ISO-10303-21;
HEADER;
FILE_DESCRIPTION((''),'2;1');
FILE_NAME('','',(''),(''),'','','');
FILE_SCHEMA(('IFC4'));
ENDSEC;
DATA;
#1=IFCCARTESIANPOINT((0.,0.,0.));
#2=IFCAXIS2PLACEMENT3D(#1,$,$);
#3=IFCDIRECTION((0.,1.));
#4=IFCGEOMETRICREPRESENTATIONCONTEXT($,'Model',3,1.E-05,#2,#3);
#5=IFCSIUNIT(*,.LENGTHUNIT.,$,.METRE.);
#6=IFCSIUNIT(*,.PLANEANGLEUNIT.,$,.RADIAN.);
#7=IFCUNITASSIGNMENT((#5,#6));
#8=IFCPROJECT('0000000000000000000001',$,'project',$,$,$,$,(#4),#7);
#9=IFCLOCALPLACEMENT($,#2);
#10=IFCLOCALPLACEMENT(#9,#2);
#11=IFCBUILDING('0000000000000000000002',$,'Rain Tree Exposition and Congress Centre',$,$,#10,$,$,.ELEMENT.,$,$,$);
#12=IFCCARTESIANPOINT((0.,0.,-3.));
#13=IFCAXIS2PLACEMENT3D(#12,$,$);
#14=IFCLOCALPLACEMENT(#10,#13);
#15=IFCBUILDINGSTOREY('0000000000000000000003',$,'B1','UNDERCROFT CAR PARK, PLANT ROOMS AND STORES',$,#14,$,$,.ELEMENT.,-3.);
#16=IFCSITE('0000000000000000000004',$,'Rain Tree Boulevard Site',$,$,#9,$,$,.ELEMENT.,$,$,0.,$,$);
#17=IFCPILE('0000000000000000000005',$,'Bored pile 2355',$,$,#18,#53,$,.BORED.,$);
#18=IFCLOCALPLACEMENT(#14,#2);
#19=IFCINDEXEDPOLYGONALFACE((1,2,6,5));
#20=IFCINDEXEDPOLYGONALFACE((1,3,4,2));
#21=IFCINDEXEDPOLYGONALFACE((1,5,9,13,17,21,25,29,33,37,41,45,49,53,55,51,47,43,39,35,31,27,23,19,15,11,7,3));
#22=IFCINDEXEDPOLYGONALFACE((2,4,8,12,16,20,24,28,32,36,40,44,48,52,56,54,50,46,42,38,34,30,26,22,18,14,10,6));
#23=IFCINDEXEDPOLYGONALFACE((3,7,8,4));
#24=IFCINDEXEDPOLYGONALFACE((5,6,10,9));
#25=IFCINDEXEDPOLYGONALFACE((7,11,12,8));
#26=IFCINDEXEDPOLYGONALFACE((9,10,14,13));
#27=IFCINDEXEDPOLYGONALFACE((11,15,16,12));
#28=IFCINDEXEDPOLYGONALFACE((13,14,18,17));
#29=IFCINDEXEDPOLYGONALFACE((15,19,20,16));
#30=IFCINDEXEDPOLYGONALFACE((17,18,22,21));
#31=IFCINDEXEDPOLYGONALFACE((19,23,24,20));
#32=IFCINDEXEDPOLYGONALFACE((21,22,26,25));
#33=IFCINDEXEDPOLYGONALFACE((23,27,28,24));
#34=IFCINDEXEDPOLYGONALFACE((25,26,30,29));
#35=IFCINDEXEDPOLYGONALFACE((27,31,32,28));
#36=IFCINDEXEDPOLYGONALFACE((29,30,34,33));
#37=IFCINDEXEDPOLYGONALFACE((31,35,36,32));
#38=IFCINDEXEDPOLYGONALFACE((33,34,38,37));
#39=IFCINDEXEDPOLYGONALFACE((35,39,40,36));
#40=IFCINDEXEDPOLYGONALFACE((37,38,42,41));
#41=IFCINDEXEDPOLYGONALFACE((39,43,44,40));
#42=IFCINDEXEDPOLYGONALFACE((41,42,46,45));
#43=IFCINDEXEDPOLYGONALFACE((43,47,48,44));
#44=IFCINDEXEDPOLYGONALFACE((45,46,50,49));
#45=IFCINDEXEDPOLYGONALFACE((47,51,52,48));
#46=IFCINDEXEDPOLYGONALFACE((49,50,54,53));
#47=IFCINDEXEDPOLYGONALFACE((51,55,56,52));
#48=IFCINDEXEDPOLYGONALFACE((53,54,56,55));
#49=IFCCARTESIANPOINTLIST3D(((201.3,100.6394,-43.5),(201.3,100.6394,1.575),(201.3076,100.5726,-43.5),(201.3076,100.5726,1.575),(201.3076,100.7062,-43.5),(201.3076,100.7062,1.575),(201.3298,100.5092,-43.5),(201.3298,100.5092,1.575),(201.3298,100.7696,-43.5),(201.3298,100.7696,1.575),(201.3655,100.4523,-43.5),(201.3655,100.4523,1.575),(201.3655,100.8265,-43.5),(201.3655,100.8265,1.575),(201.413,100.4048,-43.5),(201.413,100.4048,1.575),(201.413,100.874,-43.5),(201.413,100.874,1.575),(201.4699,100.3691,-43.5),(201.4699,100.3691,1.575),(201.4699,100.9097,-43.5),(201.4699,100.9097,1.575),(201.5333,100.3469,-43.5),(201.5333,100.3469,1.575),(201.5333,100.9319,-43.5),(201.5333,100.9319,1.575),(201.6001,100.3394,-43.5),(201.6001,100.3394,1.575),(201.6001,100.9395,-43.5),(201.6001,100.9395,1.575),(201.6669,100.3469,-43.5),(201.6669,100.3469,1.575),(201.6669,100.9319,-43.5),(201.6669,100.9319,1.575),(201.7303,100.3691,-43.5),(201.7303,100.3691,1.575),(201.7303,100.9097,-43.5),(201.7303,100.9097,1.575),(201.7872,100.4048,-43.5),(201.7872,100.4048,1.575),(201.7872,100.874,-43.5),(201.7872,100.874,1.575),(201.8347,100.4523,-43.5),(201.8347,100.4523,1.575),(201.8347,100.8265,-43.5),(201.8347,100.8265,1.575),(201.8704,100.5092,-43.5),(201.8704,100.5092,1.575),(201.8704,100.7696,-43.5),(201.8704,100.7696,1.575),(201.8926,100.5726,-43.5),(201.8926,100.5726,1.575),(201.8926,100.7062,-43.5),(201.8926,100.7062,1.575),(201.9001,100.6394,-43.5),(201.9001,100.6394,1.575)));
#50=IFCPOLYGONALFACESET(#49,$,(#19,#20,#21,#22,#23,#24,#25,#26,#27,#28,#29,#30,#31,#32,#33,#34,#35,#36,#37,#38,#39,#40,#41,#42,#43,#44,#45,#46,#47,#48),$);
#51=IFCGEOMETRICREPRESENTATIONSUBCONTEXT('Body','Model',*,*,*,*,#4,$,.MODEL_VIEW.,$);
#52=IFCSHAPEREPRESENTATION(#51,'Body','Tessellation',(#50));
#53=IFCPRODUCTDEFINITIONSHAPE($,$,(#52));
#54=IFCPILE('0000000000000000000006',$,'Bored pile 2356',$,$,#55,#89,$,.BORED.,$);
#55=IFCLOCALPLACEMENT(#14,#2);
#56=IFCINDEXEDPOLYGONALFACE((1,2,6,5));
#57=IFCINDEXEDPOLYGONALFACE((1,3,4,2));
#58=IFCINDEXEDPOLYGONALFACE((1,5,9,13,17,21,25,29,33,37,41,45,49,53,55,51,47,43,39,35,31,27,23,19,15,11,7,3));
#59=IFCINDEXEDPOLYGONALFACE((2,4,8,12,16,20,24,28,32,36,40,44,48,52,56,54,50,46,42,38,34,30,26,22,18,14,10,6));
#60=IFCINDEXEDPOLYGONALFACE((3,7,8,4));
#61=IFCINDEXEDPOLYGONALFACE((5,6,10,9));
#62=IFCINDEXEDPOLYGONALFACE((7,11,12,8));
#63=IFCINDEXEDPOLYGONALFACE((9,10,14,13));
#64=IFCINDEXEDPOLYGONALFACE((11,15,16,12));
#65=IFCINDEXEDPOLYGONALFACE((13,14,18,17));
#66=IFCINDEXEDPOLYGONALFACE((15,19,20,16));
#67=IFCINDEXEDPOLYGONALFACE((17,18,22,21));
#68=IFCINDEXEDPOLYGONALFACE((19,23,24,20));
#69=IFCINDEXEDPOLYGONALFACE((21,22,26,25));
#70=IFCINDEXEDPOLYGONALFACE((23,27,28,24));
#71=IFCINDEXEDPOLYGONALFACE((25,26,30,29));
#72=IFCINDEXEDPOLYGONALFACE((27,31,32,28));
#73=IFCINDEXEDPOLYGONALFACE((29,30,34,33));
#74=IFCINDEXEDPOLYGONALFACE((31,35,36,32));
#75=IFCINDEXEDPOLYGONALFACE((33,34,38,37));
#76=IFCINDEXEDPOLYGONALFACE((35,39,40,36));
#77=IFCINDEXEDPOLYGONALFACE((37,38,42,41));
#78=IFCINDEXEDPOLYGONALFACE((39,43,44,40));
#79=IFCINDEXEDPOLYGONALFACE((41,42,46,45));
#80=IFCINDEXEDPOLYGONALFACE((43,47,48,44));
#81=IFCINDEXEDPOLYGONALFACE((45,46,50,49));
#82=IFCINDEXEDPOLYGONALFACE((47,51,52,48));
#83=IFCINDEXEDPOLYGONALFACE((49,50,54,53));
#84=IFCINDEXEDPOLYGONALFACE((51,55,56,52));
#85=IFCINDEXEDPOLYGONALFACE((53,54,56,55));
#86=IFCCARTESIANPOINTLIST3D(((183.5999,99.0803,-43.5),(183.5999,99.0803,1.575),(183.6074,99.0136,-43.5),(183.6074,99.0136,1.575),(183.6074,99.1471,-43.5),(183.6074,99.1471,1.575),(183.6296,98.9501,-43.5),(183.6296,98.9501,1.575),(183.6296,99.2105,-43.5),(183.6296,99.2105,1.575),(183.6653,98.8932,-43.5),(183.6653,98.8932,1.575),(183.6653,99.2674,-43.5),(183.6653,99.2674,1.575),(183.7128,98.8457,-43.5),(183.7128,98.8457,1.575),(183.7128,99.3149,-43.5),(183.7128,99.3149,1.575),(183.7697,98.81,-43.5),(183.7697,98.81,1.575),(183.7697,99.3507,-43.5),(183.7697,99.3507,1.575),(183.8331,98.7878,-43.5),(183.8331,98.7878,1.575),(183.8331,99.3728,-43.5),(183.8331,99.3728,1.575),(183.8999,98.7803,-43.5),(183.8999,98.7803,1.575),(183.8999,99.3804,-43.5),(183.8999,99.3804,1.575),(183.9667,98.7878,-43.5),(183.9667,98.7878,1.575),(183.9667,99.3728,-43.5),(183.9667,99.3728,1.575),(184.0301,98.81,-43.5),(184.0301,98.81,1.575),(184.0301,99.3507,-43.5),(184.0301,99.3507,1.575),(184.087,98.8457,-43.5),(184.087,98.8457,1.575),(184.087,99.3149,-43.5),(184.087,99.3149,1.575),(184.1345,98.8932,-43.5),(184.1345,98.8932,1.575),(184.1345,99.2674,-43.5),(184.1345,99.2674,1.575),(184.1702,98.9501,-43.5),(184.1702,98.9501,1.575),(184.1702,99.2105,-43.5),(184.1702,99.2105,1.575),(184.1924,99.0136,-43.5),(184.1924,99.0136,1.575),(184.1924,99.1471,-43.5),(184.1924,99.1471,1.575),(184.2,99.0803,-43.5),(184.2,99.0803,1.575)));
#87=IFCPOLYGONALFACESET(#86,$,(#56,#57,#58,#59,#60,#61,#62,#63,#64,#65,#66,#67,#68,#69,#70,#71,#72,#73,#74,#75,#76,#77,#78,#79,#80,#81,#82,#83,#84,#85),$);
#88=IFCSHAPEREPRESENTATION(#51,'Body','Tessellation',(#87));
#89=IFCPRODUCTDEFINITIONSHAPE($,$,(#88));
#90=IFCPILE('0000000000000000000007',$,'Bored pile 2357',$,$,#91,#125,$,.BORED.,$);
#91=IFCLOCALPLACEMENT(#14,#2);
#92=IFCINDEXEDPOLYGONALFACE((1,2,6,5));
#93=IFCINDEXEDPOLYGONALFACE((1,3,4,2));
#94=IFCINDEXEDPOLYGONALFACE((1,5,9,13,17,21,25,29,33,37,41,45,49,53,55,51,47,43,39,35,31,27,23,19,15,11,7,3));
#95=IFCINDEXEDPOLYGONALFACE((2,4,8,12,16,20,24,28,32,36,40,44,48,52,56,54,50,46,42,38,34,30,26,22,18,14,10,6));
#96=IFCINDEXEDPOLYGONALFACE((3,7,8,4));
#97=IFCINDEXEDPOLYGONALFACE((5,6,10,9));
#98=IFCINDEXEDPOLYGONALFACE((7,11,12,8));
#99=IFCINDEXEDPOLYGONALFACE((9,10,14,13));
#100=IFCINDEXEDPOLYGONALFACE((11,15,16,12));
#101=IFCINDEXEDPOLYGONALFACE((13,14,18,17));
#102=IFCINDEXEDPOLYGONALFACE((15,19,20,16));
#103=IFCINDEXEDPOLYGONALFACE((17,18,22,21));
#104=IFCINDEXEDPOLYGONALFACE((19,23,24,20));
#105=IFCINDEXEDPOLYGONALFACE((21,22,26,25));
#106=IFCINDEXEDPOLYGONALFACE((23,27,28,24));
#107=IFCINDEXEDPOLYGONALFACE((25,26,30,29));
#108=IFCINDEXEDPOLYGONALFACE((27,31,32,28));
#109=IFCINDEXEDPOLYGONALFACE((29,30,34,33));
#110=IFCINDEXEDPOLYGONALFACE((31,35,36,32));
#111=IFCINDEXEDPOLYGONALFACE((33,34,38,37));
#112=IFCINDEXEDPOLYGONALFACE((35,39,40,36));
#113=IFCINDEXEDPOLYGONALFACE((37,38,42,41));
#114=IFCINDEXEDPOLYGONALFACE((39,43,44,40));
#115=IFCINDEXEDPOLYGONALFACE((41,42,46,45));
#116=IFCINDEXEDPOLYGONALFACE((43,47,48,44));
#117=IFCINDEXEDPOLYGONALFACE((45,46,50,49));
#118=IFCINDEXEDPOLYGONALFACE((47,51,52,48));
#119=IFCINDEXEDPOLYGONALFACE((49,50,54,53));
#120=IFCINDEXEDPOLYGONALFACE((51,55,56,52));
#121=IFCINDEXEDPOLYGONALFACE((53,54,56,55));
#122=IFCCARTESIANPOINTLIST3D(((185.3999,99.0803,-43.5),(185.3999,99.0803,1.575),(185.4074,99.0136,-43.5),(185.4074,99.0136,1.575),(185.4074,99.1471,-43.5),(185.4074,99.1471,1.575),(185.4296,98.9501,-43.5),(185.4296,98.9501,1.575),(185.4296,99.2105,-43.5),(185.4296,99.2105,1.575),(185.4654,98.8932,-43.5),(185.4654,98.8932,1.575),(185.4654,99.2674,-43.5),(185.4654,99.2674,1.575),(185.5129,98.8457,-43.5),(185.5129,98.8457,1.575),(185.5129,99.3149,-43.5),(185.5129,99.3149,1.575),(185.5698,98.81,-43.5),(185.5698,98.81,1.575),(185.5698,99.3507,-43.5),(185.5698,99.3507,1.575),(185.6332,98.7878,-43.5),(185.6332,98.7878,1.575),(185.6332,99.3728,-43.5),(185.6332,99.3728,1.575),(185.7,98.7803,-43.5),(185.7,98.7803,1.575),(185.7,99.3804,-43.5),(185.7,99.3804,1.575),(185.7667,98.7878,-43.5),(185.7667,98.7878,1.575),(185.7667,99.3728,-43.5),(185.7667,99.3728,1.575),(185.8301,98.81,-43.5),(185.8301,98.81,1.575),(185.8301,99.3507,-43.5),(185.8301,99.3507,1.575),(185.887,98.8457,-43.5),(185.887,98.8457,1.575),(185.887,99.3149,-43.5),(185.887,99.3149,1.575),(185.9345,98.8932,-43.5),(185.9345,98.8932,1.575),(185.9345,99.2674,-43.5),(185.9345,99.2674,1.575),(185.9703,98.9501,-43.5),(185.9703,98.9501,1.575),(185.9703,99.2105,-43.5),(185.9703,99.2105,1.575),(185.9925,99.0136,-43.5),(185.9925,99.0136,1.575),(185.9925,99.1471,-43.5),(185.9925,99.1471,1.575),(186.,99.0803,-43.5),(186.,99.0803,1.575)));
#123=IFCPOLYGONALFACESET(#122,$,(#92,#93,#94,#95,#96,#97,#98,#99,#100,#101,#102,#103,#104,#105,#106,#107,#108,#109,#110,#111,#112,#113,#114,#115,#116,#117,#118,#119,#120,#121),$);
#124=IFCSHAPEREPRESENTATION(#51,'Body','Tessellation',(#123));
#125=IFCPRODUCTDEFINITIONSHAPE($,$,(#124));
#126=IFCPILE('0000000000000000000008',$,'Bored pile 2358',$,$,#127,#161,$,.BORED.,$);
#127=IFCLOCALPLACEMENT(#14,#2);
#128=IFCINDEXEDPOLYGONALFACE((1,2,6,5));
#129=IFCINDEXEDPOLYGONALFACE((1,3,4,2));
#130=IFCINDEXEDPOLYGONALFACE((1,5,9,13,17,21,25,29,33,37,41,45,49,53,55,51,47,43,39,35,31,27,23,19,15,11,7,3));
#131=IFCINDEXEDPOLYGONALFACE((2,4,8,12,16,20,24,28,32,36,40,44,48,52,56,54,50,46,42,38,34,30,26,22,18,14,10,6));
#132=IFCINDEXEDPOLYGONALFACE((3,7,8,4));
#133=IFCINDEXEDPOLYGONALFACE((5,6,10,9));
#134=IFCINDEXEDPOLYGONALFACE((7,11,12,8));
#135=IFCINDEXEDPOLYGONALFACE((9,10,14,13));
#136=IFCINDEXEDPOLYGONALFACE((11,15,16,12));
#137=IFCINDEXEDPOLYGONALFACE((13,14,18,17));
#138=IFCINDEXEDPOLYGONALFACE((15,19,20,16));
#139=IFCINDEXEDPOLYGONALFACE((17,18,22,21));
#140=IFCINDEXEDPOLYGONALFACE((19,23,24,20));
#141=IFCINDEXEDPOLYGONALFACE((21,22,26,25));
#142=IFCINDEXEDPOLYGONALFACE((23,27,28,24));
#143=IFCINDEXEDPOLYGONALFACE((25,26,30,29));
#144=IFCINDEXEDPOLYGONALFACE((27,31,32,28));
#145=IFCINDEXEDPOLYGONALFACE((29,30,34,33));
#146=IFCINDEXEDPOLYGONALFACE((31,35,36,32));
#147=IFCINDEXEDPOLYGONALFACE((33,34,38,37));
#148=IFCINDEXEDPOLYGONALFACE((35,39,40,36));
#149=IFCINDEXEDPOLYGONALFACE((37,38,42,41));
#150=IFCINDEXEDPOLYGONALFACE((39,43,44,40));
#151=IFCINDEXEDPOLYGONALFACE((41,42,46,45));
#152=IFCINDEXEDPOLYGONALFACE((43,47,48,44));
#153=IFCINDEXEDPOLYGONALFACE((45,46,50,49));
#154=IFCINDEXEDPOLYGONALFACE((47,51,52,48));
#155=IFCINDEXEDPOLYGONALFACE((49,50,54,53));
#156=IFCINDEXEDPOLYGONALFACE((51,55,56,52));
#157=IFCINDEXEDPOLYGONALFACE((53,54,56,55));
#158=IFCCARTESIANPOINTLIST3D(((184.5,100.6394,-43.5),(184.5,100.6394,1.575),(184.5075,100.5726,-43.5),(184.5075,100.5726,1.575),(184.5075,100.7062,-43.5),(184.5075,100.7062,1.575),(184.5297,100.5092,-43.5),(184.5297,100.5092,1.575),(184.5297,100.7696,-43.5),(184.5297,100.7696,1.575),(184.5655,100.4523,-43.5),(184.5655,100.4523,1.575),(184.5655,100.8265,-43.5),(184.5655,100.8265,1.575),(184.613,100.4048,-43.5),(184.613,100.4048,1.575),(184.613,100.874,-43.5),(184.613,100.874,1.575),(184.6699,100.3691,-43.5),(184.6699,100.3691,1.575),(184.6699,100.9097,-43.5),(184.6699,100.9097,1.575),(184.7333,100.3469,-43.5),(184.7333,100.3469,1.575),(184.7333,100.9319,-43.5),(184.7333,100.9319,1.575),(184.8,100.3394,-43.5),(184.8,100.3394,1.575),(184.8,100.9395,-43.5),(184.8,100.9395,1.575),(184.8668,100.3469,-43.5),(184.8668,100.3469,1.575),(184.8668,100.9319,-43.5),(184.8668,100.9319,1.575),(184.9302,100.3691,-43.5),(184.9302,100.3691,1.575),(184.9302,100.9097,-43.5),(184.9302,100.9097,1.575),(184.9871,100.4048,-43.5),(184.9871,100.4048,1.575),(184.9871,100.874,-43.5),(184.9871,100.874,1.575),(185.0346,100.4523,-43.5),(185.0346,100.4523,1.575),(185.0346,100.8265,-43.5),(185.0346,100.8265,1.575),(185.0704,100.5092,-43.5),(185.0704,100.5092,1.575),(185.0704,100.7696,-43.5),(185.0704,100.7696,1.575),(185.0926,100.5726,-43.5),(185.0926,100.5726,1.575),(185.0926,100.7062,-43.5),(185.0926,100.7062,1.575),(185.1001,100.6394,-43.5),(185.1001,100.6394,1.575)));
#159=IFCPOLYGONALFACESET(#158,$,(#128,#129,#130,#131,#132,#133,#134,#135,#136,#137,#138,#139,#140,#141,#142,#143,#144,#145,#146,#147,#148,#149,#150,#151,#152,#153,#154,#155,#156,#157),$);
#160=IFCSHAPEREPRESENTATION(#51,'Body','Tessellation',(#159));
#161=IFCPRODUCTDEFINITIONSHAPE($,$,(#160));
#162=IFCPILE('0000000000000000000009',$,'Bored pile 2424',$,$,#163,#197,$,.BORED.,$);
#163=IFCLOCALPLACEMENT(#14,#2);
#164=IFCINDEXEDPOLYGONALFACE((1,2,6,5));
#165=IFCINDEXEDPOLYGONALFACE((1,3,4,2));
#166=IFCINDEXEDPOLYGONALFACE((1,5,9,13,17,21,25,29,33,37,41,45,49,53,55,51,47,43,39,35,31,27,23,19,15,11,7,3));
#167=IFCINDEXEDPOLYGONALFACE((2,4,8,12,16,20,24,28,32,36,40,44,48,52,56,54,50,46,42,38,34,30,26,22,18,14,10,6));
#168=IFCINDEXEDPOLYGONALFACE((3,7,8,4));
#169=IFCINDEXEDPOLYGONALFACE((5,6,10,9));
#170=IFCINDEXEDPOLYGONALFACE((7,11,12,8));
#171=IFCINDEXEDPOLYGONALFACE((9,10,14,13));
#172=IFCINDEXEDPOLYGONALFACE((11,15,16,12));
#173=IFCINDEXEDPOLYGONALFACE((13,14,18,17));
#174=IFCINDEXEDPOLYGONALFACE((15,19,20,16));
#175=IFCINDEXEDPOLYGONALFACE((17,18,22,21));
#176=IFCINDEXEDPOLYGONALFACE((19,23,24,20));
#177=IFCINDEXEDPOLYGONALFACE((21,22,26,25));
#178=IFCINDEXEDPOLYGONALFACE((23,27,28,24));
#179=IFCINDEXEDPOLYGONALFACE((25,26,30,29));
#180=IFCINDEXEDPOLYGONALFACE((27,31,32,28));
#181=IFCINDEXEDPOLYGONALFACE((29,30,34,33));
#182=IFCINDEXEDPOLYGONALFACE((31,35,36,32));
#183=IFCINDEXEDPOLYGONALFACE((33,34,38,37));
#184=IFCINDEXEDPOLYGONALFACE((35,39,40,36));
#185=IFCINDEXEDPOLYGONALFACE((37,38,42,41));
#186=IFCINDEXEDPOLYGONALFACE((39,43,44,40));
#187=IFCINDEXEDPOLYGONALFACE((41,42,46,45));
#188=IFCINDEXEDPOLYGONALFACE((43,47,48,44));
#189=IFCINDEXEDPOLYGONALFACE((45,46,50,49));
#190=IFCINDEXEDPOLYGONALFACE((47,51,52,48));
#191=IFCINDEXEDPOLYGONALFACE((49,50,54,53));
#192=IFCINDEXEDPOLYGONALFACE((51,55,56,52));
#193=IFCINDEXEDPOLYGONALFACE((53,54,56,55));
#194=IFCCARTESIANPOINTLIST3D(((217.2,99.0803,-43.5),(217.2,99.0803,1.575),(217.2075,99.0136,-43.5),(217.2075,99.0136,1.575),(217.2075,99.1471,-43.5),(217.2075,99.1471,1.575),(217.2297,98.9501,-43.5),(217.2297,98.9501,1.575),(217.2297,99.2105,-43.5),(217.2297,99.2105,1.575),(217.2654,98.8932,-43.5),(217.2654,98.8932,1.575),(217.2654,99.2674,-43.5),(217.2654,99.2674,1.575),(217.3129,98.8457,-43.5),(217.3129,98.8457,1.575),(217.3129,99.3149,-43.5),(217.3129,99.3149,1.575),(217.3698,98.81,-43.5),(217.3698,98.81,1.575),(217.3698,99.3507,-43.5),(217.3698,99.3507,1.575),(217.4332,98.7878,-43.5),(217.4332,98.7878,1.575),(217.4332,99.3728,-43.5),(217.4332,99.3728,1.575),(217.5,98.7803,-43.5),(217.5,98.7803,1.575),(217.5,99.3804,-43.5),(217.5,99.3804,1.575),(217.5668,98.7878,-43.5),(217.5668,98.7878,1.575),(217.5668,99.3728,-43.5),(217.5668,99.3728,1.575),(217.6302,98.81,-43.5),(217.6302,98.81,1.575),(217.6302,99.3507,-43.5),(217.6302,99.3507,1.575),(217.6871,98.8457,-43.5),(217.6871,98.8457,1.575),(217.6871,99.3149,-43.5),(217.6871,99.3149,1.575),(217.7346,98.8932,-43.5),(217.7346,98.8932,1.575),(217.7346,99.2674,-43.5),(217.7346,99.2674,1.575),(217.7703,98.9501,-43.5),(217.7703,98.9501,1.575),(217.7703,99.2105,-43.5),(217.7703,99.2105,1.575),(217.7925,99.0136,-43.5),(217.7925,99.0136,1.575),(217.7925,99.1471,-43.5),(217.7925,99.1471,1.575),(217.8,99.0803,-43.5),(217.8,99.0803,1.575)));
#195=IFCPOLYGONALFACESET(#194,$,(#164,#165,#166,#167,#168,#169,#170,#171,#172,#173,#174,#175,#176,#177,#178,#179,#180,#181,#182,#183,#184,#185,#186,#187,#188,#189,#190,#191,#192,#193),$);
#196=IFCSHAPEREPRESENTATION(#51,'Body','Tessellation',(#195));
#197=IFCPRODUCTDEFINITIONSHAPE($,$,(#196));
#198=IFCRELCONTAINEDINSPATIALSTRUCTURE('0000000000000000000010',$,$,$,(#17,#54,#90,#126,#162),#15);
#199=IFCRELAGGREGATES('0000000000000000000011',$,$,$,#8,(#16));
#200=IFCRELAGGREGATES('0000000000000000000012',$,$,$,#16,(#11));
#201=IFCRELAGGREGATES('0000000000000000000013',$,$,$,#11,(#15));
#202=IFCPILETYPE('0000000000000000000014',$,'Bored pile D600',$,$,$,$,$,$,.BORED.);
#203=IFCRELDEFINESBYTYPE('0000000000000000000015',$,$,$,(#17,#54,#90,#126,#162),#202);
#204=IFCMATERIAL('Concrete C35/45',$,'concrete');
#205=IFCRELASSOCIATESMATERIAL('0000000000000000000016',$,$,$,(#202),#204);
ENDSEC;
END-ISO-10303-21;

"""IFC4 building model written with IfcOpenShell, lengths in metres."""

from ifc_helpers import new_model, si_unit, direction, frame, origin, origin_2d, place, context, subcontext, project, spatial, circle, extrude, material, material_profile, profile_set, type_object, element, save


model = new_model("IFC4")

# Units and contexts
model_context = context("Model", 3, precision=1e-05, world=origin(), true_north=direction((0.0, 1.0)))
body_context = subcontext(model_context, "Body", "Model", "MODEL_VIEW")
ifc_project = project(units=[si_unit("LENGTHUNIT", "METRE"), si_unit("PLANEANGLEUNIT", "RADIAN")], contexts=[model_context])

# Site, building, storey
site_placement = place(None, origin())
site = spatial("IfcSite", under=ifc_project, at=site_placement, Name="Rain Tree Boulevard Site", CompositionType="ELEMENT", RefElevation=0.0)
building_placement = place(site_placement, origin())
building = spatial("IfcBuilding", under=site, at=building_placement, Name="Rain Tree Exposition and Congress Centre", CompositionType="ELEMENT")
storey_placement = place(building_placement, frame((0.0, 0.0, -3.0)))
storey = spatial("IfcBuildingStorey", under=building, at=storey_placement, Name="B1", Description="UNDERCROFT CAR PARK, PLANT ROOMS AND STORES", CompositionType="ELEMENT", Elevation=-3.0)

# Piles
ifc_material_1 = material(Name="Concrete C35/45", Category="concrete")
ifc_material_profile_1 = material_profile(ifc_material_1, circle(Radius=0.3, at=origin_2d()), Name="D600")
ifc_profile_set_1 = profile_set([ifc_material_profile_1], Name="Concrete C35/45")
pile_type_1 = type_object("IfcPileType", Name="Bored pile D600", PredefinedType="BORED", material=ifc_profile_set_1)
for number, where, z_axis, x_axis, name in (
    (1, (201.6001, 100.6394, 1.575), (0.0, 0.0, -1.0), (1.0, 0.0, 0.0), "Bored pile 2355"),
    (2, (183.8999, 99.0803, 1.575), (0.0, 0.0, -1.0), (1.0, 0.0, 0.0), "Bored pile 2356"),
    (3, (185.7, 99.0803, 1.575), (0.0, 0.0, -1.0), (1.0, 0.0, 0.0), "Bored pile 2357"),
    (4, (184.8, 100.6394, 1.575), (0.0, 0.0, -1.0), (1.0, 0.0, 0.0), "Bored pile 2358"),
    (5, (217.5, 99.0803, 1.575), (0.0, 0.0, -1.0), (1.0, 0.0, 0.0), "Bored pile 2424"),
):
    element("IfcPile", number, at=place(storey_placement, frame(where, z_axis=z_axis, x_axis=x_axis)), inside=storey, type_object=pile_type_1, Name=name, PredefinedType="BORED", context=body_context, shape_type="SweptSolid", body=[
        extrude(circle(Radius=0.3, at=origin_2d()), origin(), (0.0, 0.0, 1.0), 45.075),
    ])

save(model, "model.ifc")
